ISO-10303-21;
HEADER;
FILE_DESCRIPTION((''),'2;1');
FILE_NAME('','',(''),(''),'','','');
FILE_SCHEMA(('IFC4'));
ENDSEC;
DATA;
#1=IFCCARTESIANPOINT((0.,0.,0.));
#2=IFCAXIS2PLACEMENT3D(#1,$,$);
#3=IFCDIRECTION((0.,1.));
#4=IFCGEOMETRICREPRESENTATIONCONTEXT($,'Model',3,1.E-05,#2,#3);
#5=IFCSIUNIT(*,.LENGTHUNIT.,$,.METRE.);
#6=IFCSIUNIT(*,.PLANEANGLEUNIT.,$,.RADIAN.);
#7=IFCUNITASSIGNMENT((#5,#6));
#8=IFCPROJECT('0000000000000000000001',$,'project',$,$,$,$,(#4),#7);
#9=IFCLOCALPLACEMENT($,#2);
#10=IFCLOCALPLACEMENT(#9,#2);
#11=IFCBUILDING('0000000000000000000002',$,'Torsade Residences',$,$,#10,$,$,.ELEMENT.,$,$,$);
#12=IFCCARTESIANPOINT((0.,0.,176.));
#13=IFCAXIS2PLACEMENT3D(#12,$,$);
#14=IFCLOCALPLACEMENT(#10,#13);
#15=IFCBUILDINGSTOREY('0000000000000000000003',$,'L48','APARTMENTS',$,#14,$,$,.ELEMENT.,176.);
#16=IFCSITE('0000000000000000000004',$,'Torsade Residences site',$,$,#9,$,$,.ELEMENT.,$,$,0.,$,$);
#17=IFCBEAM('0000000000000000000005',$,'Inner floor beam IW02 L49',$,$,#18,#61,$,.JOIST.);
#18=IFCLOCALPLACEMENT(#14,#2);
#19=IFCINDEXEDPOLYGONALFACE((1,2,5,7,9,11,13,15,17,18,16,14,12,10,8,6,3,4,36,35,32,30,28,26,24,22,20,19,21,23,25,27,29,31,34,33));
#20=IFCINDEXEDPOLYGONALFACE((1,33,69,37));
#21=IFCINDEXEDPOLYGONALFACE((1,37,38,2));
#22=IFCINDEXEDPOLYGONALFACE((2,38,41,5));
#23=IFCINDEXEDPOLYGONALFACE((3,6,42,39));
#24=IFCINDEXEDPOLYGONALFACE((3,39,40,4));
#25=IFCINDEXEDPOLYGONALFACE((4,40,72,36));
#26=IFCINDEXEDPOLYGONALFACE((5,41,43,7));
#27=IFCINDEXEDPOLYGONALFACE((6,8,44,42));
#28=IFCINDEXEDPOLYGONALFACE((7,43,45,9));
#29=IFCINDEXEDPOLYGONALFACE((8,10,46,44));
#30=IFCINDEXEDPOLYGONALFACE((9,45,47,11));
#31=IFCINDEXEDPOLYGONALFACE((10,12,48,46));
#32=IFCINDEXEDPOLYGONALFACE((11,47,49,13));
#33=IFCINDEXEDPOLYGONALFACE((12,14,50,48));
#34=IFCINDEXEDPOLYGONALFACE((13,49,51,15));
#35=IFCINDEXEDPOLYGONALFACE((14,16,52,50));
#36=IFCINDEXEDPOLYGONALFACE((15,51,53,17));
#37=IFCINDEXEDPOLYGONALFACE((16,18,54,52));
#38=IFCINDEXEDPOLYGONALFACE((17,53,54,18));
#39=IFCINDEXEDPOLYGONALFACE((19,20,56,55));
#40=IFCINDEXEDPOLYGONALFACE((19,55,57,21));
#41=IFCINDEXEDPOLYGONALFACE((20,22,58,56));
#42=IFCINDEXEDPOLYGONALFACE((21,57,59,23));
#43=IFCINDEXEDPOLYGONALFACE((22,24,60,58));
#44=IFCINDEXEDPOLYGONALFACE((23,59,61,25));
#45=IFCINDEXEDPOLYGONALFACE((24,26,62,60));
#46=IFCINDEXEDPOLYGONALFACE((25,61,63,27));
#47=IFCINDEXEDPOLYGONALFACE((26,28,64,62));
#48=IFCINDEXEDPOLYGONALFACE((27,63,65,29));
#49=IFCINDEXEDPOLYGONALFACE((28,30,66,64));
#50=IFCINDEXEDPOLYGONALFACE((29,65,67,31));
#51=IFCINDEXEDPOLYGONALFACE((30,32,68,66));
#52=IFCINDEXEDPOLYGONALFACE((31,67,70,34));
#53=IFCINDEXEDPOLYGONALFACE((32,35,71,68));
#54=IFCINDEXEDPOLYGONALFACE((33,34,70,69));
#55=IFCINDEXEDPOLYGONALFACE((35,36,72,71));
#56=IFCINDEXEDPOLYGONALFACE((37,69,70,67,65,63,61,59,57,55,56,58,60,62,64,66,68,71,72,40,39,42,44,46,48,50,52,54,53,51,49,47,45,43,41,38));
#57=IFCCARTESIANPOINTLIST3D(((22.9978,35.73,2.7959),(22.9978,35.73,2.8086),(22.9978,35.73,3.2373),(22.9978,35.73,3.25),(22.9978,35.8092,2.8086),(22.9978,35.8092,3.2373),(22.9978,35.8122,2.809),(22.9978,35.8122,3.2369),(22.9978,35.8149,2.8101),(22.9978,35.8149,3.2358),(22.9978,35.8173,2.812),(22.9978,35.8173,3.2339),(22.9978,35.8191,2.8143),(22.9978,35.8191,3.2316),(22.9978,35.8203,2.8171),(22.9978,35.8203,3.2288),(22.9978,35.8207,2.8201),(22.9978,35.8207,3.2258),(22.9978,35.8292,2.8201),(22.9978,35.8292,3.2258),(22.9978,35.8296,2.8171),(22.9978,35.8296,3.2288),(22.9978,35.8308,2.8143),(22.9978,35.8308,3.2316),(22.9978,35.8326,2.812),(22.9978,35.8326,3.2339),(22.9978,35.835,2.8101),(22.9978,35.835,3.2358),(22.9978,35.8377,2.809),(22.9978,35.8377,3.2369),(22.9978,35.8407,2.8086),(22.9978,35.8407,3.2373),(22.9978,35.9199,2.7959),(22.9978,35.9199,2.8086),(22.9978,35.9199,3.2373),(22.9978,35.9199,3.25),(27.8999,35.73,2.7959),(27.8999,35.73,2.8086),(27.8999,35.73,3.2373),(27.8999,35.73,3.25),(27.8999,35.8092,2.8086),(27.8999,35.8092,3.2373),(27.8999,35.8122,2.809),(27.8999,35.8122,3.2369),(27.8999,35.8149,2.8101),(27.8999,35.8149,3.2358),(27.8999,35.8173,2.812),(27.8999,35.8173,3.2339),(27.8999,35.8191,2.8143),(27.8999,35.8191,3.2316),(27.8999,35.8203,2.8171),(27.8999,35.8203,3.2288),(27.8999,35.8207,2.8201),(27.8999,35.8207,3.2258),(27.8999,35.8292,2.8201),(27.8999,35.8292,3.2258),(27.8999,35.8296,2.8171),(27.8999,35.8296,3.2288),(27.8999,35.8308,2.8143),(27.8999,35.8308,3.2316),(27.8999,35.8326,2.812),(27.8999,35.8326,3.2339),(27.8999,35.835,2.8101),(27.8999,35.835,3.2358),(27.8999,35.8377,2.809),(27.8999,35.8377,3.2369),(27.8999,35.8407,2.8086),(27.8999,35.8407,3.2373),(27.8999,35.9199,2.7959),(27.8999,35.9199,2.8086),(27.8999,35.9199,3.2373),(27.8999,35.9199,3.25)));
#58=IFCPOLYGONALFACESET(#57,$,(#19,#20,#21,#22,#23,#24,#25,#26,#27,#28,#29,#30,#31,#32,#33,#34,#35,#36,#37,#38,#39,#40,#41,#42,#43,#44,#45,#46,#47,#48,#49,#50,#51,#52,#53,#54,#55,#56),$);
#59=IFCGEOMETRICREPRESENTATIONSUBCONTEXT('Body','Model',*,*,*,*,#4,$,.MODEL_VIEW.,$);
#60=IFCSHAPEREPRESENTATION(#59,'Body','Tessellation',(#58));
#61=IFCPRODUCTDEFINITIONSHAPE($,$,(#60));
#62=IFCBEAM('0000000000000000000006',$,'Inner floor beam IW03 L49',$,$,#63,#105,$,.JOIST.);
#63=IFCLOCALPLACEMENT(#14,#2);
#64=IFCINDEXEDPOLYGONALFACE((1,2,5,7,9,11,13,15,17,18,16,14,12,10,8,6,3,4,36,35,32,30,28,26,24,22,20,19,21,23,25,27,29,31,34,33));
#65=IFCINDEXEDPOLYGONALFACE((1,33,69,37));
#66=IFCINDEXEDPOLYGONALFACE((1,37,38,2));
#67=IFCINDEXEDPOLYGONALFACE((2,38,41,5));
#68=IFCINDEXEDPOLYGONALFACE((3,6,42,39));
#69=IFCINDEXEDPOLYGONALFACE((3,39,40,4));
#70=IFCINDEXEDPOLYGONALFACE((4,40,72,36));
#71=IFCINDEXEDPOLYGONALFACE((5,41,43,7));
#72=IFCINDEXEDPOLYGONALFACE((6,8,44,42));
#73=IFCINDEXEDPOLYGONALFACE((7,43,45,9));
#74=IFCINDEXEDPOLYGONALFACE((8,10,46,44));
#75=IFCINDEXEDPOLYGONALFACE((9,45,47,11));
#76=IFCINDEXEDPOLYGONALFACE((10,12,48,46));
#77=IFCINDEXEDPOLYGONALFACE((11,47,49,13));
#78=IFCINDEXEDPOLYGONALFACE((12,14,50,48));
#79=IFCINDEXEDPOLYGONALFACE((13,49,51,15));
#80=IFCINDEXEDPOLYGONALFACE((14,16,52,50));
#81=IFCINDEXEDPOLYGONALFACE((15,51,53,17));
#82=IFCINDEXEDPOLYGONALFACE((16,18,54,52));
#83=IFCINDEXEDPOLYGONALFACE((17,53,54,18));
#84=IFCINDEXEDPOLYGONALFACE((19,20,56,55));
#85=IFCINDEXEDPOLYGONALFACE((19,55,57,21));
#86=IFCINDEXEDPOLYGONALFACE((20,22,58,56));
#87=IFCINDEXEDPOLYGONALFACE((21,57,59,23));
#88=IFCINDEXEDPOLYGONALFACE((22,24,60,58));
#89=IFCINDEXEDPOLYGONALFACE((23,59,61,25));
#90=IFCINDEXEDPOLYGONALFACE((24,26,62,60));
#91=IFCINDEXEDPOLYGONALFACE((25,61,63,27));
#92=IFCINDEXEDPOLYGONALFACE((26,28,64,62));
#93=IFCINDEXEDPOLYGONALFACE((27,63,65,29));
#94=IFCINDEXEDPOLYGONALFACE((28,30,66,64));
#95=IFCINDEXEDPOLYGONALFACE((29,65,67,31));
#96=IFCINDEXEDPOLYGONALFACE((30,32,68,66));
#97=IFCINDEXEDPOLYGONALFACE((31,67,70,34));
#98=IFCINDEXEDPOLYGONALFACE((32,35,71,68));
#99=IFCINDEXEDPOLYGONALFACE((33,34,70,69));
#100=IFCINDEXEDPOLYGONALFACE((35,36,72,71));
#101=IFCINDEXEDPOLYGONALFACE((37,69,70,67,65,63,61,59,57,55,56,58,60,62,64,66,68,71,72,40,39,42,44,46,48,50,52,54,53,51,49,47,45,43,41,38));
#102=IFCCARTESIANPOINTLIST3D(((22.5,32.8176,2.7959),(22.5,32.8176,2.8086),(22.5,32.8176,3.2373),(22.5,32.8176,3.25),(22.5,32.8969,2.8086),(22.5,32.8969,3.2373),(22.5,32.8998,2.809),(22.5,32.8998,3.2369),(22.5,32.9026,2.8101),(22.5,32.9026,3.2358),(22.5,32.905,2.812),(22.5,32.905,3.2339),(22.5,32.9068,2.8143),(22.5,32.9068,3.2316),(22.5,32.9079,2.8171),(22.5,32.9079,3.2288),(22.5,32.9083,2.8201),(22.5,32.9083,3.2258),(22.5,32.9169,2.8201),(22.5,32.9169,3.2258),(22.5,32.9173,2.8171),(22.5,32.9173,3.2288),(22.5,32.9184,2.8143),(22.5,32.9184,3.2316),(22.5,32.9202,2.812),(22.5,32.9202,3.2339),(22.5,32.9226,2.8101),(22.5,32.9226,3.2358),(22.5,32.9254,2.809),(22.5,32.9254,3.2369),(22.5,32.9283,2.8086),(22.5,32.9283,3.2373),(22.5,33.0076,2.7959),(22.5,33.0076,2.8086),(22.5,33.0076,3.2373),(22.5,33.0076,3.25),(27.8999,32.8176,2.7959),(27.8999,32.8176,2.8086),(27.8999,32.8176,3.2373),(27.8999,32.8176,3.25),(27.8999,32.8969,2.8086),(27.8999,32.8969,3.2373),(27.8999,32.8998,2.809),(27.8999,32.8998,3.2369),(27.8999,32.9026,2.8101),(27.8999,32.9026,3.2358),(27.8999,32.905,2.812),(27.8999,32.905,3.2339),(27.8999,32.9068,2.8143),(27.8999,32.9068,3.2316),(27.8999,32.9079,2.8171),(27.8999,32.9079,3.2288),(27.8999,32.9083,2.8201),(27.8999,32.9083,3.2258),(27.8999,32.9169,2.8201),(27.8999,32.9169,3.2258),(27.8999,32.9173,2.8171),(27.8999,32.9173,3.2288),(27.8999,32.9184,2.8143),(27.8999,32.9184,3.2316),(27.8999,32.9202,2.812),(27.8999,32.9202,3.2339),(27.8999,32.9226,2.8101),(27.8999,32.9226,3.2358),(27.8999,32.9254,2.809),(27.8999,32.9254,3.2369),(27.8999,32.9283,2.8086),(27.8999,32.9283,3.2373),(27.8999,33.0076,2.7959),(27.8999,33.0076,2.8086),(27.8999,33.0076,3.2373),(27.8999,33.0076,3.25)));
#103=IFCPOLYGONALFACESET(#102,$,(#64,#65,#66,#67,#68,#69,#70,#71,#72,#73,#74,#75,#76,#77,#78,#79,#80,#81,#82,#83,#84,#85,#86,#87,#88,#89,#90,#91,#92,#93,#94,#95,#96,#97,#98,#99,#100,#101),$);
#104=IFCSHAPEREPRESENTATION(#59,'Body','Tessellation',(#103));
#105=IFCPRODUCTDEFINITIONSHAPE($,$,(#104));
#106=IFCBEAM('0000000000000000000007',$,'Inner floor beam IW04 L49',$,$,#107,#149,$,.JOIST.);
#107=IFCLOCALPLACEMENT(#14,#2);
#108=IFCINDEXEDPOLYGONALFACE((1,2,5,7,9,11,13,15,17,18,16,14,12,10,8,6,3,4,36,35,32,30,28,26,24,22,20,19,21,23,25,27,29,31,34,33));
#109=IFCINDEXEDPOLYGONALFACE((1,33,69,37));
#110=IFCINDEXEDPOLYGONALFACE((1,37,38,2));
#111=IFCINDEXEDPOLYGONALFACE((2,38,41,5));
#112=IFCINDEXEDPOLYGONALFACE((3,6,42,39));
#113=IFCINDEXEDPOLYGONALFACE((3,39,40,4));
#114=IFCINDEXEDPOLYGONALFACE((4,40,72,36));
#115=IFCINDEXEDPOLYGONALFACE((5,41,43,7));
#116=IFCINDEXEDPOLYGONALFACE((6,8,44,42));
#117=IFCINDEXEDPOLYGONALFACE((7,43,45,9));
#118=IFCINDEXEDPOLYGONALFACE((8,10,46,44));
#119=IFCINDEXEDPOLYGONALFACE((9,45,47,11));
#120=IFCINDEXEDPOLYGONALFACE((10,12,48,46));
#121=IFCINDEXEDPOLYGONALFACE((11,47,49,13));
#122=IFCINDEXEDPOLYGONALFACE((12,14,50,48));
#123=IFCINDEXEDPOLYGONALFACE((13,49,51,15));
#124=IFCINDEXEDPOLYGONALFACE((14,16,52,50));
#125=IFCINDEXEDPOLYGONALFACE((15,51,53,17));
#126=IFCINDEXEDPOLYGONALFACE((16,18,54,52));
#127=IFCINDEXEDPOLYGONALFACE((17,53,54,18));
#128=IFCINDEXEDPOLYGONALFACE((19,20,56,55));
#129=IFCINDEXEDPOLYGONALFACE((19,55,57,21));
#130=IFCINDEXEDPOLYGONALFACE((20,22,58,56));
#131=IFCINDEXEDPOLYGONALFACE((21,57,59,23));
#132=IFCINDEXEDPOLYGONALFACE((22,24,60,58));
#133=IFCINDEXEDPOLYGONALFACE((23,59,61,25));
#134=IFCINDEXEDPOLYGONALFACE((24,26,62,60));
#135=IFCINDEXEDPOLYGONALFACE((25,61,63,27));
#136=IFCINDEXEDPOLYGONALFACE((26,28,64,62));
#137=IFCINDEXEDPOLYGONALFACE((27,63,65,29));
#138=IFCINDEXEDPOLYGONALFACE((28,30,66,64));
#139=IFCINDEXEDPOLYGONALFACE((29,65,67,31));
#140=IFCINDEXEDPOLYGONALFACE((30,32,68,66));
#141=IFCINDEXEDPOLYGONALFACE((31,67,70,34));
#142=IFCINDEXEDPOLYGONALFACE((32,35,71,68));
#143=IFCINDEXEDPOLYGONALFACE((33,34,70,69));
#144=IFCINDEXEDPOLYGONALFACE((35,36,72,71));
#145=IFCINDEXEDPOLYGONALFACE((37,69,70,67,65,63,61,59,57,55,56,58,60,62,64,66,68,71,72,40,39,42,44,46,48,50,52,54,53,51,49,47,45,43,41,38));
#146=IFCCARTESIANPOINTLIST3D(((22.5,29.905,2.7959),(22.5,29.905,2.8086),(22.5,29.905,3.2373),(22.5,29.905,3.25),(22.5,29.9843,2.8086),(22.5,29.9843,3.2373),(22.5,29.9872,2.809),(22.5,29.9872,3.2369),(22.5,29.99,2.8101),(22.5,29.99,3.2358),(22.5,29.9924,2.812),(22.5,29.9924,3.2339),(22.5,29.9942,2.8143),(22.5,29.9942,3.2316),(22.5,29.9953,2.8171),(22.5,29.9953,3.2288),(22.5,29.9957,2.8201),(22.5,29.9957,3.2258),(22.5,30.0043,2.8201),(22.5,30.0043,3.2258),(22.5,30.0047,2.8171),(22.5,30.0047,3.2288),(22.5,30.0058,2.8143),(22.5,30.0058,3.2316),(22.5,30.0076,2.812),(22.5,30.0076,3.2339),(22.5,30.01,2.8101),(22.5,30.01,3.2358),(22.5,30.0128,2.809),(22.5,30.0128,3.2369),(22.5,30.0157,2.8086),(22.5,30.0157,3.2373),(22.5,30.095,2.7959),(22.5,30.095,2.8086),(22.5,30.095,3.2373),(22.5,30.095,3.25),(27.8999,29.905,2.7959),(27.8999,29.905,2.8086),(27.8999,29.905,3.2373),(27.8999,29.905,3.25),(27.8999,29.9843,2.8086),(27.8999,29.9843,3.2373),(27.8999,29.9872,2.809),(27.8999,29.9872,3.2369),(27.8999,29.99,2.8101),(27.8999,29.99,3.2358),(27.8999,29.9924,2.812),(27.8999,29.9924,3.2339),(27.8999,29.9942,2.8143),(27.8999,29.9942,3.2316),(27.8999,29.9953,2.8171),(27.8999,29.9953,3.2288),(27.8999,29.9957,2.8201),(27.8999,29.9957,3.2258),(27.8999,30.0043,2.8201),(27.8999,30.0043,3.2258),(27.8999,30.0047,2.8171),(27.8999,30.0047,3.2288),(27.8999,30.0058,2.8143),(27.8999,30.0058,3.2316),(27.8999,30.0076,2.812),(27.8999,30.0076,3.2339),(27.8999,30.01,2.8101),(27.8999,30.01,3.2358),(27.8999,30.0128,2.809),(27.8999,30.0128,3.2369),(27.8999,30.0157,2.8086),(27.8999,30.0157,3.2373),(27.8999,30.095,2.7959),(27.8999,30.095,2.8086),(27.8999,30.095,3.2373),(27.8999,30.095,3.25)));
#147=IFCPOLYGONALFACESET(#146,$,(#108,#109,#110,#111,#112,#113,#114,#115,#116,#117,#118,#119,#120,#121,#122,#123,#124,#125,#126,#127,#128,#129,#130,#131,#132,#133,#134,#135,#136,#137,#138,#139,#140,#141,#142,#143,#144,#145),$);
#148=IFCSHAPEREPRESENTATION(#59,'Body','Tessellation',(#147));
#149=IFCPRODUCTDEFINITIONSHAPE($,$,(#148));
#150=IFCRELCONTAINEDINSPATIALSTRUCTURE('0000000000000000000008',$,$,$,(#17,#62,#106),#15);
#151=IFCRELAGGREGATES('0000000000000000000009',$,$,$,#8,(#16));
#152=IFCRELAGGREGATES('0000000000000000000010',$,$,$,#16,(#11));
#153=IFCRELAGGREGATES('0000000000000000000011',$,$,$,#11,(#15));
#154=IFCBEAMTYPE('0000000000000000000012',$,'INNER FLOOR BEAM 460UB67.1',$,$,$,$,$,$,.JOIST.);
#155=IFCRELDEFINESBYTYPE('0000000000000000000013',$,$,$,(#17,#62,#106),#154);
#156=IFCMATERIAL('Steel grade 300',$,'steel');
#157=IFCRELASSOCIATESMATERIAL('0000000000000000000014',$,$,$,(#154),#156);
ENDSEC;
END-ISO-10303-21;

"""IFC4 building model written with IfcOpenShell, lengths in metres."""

from ifc_helpers import new_model, si_unit, direction, frame, origin, origin_2d, place, context, subcontext, project, spatial, i_section, extrude, material, material_profile, profile_set, type_object, element, save


model = new_model("IFC4")

# Units and contexts
model_context = context("Model", 3, precision=1e-05, world=origin(), true_north=direction((0.0, 1.0)))
body_context = subcontext(model_context, "Body", "Model", "MODEL_VIEW")
ifc_project = project(units=[si_unit("LENGTHUNIT", "METRE"), si_unit("PLANEANGLEUNIT", "RADIAN")], contexts=[model_context])

# Site, building, storey
site_placement = place(None, origin())
site = spatial("IfcSite", under=ifc_project, at=site_placement, Name="Torsade Residences site", CompositionType="ELEMENT", RefElevation=0.0)
building_placement = place(site_placement, origin())
building = spatial("IfcBuilding", under=site, at=building_placement, Name="Torsade Residences", CompositionType="ELEMENT")
storey_placement = place(building_placement, frame((0.0, 0.0, 176.0)))
storey = spatial("IfcBuildingStorey", under=building, at=storey_placement, Name="L48", Description="APARTMENTS", CompositionType="ELEMENT", Elevation=176.0)

# Beams
ifc_material_1 = material(Name="Steel grade 300", Category="steel")
ifc_material_profile = material_profile(ifc_material_1, i_section(OverallWidth=0.1899, OverallDepth=0.4541, WebThickness=0.0085, FlangeThickness=0.0127, FilletRadius=0.0115, at=origin_2d()), Name="460UB67.1")
ifc_profile_set = profile_set([ifc_material_profile], Name="Steel grade 300")
beam_type = type_object("IfcBeamType", Name="INNER FLOOR BEAM 460UB67.1", PredefinedType="JOIST", material=ifc_profile_set)
beam_placement = place(storey_placement, frame((27.8999, 35.825, 3.0229), z_axis=(-1.0, 0.0, 0.0), x_axis=(0.0, -1.0, 0.0)))
element("IfcBeam", 1, at=beam_placement, inside=storey, type_object=beam_type, Name="Inner floor beam IW02 L49", PredefinedType="JOIST", context=body_context, shape_type="SweptSolid", body=[
    extrude(i_section(OverallWidth=0.1899, OverallDepth=0.4541, WebThickness=0.0085, FlangeThickness=0.0127, FilletRadius=0.0115, at=origin_2d()), origin(), (0.0, 0.0, 1.0), 4.9021),
])
for number, where, z_axis, x_axis, name in (
    (2, (27.8999, 32.9126, 3.0229), (-1.0, 0.0, 0.0), (0.0, -1.0, 0.0), "Inner floor beam IW03 L49"),
    (3, (27.8999, 30.0, 3.0229), (-1.0, 0.0, 0.0), (0.0, -1.0, 0.0), "Inner floor beam IW04 L49"),
):
    element("IfcBeam", number, at=place(storey_placement, frame(where, z_axis=z_axis, x_axis=x_axis)), inside=storey, type_object=beam_type, Name=name, PredefinedType="JOIST", context=body_context, shape_type="SweptSolid", body=[
        extrude(i_section(OverallWidth=0.1899, OverallDepth=0.4541, WebThickness=0.0085, FlangeThickness=0.0127, FilletRadius=0.0115, at=origin_2d()), origin(), (0.0, 0.0, 1.0), 5.3999),
    ])

save(model, "model.ifc")
